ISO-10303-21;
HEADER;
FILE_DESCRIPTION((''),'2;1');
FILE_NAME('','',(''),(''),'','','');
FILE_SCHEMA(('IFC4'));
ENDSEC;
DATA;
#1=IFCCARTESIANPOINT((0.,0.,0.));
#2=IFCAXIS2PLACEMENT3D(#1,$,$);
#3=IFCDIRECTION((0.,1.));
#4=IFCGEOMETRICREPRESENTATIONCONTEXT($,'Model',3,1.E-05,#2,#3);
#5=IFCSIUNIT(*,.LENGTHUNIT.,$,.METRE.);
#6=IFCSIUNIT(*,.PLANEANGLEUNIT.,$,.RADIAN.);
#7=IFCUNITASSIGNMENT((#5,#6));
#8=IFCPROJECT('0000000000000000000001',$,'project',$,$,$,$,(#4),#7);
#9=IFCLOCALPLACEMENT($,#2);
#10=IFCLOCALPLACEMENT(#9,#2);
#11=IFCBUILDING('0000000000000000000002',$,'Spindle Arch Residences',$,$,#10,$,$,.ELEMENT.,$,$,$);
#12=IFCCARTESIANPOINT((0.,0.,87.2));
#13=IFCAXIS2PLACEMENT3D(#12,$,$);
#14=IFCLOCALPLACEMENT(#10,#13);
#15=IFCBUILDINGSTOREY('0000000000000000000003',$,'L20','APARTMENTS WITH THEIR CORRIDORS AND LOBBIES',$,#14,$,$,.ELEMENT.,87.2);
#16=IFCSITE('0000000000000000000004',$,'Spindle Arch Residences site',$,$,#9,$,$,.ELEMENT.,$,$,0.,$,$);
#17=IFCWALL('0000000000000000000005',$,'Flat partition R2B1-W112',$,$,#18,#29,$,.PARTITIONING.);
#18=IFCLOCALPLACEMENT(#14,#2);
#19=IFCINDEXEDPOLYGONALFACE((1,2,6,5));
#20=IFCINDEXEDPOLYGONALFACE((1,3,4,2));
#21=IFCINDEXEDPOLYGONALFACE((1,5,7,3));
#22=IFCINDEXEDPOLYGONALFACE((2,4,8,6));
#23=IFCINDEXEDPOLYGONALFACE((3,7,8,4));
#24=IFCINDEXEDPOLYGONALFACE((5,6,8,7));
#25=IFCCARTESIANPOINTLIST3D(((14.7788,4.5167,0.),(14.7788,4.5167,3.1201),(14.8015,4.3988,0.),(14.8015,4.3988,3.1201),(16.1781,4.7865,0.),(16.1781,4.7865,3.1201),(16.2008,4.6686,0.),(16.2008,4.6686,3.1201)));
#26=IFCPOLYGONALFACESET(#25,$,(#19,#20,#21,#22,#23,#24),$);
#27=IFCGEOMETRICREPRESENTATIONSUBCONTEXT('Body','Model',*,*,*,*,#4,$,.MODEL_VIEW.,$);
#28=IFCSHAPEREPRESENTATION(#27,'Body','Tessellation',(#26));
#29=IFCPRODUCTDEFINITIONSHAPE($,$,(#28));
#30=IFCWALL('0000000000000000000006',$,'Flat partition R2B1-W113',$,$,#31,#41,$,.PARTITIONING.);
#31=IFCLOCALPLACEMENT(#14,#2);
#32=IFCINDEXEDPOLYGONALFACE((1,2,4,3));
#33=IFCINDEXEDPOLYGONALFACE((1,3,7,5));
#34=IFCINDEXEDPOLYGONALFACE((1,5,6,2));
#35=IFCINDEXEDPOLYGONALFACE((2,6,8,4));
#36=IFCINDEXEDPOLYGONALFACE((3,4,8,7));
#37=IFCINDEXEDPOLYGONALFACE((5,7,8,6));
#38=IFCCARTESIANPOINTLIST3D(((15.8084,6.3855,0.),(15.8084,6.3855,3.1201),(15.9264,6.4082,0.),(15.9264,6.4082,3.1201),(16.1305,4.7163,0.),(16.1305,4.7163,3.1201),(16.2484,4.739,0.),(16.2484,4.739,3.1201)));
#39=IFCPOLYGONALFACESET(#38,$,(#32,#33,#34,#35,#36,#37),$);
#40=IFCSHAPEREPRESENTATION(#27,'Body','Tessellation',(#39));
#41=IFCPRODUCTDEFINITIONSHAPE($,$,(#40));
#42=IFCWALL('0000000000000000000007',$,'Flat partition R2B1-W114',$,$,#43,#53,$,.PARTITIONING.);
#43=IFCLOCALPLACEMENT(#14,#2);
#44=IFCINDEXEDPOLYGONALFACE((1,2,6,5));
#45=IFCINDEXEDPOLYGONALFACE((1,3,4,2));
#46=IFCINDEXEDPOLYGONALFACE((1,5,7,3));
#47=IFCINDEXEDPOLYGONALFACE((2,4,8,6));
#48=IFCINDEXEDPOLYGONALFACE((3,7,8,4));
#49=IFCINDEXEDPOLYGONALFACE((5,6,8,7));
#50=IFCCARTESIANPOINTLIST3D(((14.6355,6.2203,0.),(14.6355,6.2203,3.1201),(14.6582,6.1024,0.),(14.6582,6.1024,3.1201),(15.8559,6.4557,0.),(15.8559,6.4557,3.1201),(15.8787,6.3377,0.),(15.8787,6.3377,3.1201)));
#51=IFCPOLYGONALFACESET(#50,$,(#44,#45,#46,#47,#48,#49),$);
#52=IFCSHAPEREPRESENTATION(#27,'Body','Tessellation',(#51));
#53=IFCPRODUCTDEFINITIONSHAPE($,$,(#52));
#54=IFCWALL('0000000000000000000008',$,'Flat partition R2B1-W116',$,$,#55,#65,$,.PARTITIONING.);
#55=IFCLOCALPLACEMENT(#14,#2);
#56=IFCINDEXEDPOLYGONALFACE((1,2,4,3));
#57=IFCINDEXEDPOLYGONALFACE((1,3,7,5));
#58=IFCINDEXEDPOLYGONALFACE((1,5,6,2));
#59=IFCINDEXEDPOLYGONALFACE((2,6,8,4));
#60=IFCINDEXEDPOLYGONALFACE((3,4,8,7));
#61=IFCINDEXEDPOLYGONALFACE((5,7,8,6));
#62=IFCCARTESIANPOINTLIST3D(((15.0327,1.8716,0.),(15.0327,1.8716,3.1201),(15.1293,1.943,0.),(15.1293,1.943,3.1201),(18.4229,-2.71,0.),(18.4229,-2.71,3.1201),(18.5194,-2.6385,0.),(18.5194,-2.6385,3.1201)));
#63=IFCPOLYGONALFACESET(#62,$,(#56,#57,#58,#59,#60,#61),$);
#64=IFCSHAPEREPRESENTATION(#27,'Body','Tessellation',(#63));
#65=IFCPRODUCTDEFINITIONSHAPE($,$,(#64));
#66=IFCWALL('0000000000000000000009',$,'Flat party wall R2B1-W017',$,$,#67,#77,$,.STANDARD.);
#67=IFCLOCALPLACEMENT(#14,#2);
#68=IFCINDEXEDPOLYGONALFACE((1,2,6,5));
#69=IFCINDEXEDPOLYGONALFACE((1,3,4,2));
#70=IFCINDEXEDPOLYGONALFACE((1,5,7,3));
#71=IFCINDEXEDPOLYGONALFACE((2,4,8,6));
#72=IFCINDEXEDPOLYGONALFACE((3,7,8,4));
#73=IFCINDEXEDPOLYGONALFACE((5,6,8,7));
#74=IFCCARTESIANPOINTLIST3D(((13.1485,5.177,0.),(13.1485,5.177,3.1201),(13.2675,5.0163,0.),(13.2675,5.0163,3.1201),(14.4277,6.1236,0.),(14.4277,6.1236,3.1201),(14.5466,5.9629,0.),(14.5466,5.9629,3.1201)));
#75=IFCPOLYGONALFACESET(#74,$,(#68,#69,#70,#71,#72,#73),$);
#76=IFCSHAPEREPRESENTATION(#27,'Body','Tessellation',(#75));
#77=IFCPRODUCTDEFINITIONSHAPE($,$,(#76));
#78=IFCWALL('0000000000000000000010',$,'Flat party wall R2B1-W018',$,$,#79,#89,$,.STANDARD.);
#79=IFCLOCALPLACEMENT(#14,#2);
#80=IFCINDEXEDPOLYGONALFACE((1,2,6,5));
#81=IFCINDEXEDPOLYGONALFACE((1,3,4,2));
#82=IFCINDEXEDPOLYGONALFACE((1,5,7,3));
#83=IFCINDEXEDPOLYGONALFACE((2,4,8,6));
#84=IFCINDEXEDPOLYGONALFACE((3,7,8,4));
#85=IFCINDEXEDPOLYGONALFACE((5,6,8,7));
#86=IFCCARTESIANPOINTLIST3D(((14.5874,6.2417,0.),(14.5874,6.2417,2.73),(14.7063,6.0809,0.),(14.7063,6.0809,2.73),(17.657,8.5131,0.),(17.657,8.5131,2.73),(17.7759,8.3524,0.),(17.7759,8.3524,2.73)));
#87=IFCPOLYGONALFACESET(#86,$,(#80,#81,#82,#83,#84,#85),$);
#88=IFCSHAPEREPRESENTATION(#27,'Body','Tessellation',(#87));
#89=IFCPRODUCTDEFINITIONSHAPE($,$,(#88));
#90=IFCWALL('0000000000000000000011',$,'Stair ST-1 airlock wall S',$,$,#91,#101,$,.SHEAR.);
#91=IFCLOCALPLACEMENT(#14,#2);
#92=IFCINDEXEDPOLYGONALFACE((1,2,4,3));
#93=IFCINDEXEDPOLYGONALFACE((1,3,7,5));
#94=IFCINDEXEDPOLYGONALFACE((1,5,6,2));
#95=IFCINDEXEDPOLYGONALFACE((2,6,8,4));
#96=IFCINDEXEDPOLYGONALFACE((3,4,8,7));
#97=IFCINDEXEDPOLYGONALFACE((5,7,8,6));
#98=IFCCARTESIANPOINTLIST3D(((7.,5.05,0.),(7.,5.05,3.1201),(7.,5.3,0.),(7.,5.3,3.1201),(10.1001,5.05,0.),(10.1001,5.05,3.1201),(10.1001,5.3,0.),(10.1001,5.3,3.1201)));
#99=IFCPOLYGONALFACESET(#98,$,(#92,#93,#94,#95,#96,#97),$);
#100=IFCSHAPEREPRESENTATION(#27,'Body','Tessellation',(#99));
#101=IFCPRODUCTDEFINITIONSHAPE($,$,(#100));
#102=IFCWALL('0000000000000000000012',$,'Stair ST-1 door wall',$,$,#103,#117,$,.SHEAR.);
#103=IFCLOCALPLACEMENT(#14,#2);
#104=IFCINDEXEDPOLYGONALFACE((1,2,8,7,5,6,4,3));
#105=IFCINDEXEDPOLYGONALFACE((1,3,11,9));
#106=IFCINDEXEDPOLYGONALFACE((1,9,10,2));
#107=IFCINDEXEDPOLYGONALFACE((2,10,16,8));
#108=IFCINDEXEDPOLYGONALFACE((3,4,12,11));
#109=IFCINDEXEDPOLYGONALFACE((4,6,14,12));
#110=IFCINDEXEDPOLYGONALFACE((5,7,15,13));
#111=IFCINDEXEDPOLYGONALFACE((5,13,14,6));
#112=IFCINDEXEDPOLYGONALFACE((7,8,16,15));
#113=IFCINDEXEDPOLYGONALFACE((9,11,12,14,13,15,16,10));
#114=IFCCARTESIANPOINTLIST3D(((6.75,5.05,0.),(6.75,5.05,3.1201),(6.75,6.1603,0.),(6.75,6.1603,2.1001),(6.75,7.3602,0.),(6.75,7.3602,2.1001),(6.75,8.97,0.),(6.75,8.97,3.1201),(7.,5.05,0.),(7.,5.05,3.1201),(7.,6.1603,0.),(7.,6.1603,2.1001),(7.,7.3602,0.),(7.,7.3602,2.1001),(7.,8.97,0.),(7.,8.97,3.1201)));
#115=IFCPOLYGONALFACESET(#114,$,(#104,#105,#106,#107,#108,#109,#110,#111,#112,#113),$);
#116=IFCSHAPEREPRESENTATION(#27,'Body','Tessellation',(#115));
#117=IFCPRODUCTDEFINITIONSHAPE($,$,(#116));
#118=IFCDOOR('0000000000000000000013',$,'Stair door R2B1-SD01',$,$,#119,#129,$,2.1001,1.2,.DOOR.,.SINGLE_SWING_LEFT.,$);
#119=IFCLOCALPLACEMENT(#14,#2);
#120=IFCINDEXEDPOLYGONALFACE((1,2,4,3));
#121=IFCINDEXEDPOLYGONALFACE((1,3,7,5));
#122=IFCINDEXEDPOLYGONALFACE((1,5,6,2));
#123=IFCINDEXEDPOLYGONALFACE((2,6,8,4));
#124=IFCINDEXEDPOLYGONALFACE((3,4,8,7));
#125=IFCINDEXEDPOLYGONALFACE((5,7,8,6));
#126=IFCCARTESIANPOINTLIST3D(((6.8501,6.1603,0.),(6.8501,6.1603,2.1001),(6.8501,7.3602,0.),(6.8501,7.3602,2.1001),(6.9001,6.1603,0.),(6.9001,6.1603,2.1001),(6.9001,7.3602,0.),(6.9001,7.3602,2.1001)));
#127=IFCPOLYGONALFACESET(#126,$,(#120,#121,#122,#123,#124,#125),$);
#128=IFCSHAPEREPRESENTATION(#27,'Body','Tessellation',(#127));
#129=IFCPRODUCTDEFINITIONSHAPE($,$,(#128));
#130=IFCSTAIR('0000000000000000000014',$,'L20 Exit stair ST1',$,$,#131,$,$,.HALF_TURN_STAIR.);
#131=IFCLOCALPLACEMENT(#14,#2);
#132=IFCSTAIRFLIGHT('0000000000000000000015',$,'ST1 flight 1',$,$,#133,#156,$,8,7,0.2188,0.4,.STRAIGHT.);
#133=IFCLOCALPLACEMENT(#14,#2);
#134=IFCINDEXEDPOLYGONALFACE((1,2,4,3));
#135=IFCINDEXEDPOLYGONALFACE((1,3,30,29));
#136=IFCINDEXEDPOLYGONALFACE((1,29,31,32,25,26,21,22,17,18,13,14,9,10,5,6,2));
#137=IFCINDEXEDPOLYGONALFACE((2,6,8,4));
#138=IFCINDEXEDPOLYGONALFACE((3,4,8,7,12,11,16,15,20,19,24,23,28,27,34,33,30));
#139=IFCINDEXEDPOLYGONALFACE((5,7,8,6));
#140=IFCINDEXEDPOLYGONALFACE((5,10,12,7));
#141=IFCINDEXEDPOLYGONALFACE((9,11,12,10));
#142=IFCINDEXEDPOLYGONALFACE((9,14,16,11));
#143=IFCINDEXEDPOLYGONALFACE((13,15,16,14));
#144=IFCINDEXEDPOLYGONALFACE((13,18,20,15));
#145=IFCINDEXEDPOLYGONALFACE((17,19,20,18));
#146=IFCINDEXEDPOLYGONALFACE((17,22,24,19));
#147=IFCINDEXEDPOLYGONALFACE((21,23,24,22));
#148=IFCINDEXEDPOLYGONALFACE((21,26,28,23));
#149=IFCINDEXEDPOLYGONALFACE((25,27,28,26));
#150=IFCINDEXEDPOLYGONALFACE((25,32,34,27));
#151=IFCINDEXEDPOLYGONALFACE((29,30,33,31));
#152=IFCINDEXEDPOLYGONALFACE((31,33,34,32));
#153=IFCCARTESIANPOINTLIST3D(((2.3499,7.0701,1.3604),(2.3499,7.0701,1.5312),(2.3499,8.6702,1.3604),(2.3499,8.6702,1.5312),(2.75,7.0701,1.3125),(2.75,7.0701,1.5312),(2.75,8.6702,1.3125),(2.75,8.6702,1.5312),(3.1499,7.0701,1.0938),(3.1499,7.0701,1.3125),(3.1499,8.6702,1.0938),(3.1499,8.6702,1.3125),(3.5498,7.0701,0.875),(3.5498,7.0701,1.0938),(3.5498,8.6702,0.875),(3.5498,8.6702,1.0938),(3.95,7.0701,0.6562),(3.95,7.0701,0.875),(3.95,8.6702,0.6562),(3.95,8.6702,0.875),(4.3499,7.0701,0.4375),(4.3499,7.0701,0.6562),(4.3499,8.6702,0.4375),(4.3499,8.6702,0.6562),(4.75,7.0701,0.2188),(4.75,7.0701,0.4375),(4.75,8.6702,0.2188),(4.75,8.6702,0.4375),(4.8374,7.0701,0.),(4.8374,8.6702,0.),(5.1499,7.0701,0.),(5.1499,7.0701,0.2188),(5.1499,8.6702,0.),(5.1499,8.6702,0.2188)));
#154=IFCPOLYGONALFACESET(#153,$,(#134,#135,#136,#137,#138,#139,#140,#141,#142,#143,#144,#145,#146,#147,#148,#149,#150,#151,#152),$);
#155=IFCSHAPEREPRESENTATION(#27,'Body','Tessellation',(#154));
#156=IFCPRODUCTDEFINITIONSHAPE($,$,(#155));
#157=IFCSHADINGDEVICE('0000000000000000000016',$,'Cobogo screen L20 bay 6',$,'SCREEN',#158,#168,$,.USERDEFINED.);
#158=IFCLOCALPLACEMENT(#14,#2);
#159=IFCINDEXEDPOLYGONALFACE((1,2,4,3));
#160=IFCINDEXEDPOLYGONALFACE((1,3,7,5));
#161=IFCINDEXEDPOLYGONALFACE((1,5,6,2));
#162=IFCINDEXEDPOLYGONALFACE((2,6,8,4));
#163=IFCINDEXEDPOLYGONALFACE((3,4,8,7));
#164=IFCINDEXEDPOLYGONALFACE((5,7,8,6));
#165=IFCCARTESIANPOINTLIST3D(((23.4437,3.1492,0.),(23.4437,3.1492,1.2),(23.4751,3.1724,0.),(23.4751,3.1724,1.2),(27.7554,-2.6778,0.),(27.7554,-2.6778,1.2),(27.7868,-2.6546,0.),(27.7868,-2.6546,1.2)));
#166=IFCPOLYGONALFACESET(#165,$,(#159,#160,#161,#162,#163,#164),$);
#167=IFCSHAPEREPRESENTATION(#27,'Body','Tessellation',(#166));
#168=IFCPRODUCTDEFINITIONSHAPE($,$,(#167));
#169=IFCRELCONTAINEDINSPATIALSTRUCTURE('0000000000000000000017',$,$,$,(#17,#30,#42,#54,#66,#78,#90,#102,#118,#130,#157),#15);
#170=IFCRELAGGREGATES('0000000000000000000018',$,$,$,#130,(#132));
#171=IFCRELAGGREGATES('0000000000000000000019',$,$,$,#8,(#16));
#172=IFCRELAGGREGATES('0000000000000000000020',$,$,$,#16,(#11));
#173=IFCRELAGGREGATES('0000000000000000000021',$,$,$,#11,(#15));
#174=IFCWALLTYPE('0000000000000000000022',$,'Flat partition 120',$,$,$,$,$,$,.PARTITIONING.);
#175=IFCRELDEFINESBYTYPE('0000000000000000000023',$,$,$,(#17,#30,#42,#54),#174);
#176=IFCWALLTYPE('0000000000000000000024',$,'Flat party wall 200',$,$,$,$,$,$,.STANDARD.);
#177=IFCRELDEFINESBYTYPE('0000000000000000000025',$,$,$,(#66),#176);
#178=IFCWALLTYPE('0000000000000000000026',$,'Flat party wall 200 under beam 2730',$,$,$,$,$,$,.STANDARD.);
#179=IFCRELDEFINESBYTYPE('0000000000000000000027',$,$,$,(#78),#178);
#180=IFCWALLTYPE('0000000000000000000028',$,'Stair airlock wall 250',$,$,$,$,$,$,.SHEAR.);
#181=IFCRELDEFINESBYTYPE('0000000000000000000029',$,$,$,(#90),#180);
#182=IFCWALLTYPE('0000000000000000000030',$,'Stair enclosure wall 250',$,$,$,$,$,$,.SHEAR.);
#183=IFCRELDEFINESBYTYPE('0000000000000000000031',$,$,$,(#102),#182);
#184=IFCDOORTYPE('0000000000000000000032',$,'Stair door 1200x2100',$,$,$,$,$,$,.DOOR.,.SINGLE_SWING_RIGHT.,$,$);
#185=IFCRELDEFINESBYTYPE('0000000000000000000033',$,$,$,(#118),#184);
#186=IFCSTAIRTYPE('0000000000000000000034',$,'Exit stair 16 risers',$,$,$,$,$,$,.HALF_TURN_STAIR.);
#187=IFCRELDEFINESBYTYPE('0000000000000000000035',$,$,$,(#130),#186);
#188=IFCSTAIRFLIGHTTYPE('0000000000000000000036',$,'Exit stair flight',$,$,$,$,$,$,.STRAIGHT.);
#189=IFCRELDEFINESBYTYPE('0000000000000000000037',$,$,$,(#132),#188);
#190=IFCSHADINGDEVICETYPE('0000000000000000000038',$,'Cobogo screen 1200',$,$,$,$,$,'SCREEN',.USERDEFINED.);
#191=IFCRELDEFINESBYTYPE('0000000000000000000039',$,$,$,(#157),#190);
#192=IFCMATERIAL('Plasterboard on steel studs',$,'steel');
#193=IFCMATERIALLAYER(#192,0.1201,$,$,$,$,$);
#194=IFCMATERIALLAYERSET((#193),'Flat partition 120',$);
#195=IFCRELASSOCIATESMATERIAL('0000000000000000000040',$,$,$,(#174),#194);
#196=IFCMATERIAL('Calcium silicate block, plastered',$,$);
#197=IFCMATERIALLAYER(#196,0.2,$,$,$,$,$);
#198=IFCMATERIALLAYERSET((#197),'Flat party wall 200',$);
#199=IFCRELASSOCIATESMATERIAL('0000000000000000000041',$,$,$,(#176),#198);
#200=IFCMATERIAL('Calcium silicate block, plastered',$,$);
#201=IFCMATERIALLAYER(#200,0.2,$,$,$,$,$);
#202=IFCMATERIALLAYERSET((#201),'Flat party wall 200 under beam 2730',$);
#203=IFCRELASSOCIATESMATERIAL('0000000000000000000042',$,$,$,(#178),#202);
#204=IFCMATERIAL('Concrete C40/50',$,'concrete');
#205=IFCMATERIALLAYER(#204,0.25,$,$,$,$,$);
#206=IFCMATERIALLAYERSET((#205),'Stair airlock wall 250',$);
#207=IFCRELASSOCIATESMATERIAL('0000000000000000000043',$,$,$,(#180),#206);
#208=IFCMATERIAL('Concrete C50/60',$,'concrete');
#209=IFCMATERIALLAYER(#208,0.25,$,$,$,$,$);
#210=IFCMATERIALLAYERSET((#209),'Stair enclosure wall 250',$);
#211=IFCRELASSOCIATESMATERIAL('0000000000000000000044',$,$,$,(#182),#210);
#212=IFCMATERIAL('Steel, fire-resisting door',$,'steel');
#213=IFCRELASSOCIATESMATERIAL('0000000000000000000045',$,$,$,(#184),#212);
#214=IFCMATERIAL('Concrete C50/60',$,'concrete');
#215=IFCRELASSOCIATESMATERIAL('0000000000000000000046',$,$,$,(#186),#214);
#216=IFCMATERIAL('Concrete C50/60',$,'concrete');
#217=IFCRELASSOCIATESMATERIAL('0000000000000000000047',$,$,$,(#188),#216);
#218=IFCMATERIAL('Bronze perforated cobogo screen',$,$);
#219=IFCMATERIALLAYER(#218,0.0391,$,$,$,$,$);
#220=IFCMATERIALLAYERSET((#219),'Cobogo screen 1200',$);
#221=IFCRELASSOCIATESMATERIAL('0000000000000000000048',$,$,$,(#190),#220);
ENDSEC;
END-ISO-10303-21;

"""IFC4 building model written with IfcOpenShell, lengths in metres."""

from ifc_helpers import new_model, si_unit, direction, frame, frame_2d, origin, origin_2d, place, context, subcontext, project, spatial, polyline, rectangle, outline, extrude, material, layer, layer_set, type_object, element, fill, aggregate, save


model = new_model("IFC4")

# Units and contexts
model_context = context("Model", 3, precision=1e-05, world=origin(), true_north=direction((0.0, 1.0)))
body_context = subcontext(model_context, "Body", "Model", "MODEL_VIEW")
ifc_project = project(units=[si_unit("LENGTHUNIT", "METRE"), si_unit("PLANEANGLEUNIT", "RADIAN")], contexts=[model_context])

# Site, building, storey
site_placement = place(None, origin())
site = spatial("IfcSite", under=ifc_project, at=site_placement, Name="Spindle Arch Residences site", CompositionType="ELEMENT", RefElevation=0.0)
building_placement = place(site_placement, origin())
building = spatial("IfcBuilding", under=site, at=building_placement, Name="Spindle Arch Residences", CompositionType="ELEMENT")
storey_placement = place(building_placement, frame((0.0, 0.0, 87.2)))
storey = spatial("IfcBuildingStorey", under=building, at=storey_placement, Name="L20", Description="APARTMENTS WITH THEIR CORRIDORS AND LOBBIES", CompositionType="ELEMENT", Elevation=87.2)

# Shared definitions
ifc_material_1 = material(Name="Plasterboard on steel studs", Category="steel")
ifc_layer_1 = layer(ifc_material_1, 0.1201)
ifc_layer_set_1 = layer_set([ifc_layer_1], Name="Flat partition 120")
wall_type_1 = type_object("IfcWallType", Name="Flat partition 120", PredefinedType="PARTITIONING", material=ifc_layer_set_1)

# Walls
wall_1_placement = place(storey_placement, frame((14.7903, 4.4578, 0.0), z_axis=(0.0, 0.0, 1.0), x_axis=(0.981915, 0.189324, 0.0)))
element("IfcWall", 1, at=wall_1_placement, inside=storey, type_object=wall_type_1, Name="Flat partition R2B1-W112", PredefinedType="PARTITIONING", context=body_context, shape_type="SweptSolid", body=[
    extrude(rectangle(XDim=1.425, YDim=0.1201, at=frame_2d((0.7124, 0.0))), origin(), (0.0, 0.0, 1.0), 3.1201),
])
wall_2_placement = place(storey_placement, frame((16.1895, 4.7275, 0.0), z_axis=(0.0, 0.0, 1.0), x_axis=(-0.189428, 0.981895, 0.0)))
element("IfcWall", 2, at=wall_2_placement, inside=storey, type_object=wall_type_1, Name="Flat partition R2B1-W113", PredefinedType="PARTITIONING", context=body_context, shape_type="SweptSolid", body=[
    extrude(rectangle(XDim=1.7, YDim=0.1201, at=frame_2d((0.8501, 0.0))), origin(), (0.0, 0.0, 1.0), 3.1201),
])
wall_3_placement = place(storey_placement, frame((15.8674, 6.3967, 0.0), z_axis=(0.0, 0.0, 1.0), x_axis=(-0.98191, -0.18935, 0.0)))
element("IfcWall", 3, at=wall_3_placement, inside=storey, type_object=wall_type_1, Name="Flat partition R2B1-W114", PredefinedType="PARTITIONING", context=body_context, shape_type="SweptSolid", body=[
    extrude(rectangle(XDim=1.2429, YDim=0.1201, at=frame_2d((0.6216, 0.0))), origin(), (0.0, 0.0, 1.0), 3.1201),
])
wall_4_placement = place(storey_placement, frame((15.0811, 1.9072, 0.0), z_axis=(0.0, 0.0, 1.0), x_axis=(0.59482, -0.803859, 0.0)))
element("IfcWall", 4, at=wall_4_placement, inside=storey, type_object=wall_type_1, Name="Flat partition R2B1-W116", PredefinedType="PARTITIONING", context=body_context, shape_type="SweptSolid", body=[
    extrude(rectangle(XDim=5.6995, YDim=0.1201, at=frame_2d((2.8496, 0.0))), origin(), (0.0, 0.0, 1.0), 3.1201),
])
ifc_material_2 = material(Name="Calcium silicate block, plastered")
ifc_layer_2 = layer(ifc_material_2, 0.2)
ifc_layer_set_2 = layer_set([ifc_layer_2], Name="Flat party wall 200")
wall_type_2 = type_object("IfcWallType", Name="Flat party wall 200", PredefinedType="STANDARD", material=ifc_layer_set_2)
wall_5_placement = place(storey_placement, frame((13.208, 5.0967, 0.0), z_axis=(0.0, 0.0, 1.0), x_axis=(0.803832, 0.594857, 0.0)))
element("IfcWall", 5, at=wall_5_placement, inside=storey, type_object=wall_type_2, Name="Flat party wall R2B1-W017", PredefinedType="STANDARD", context=body_context, shape_type="SweptSolid", body=[
    extrude(rectangle(XDim=1.5913, YDim=0.2, at=frame_2d((0.7957, 0.0))), origin(), (0.0, 0.0, 1.0), 3.1201),
])
ifc_material_3 = material(Name="Calcium silicate block, plastered")
ifc_layer_3 = layer(ifc_material_3, 0.2)
ifc_layer_set_3 = layer_set([ifc_layer_3], Name="Flat party wall 200 under beam 2730")
wall_type_3 = type_object("IfcWallType", Name="Flat party wall 200 under beam 2730", PredefinedType="STANDARD", material=ifc_layer_set_3)
wall_6_placement = place(storey_placement, frame((14.647, 6.1614, 0.0), z_axis=(0.0, 0.0, 1.0), x_axis=(0.803843, 0.594842, 0.0)))
element("IfcWall", 6, at=wall_6_placement, inside=storey, type_object=wall_type_3, Name="Flat party wall R2B1-W018", PredefinedType="STANDARD", context=body_context, shape_type="SweptSolid", body=[
    extrude(rectangle(XDim=3.8186, YDim=0.2, at=frame_2d((1.9092, 0.0))), origin(), (0.0, 0.0, 1.0), 2.73),
])
ifc_material_4 = material(Name="Concrete C40/50", Category="concrete")
ifc_layer_4 = layer(ifc_material_4, 0.25)
ifc_layer_set_4 = layer_set([ifc_layer_4], Name="Stair airlock wall 250")
wall_type_4 = type_object("IfcWallType", Name="Stair airlock wall 250", PredefinedType="SHEAR", material=ifc_layer_set_4)
wall_7_placement = place(storey_placement, frame((7.0, 5.175, 0.0), z_axis=(0.0, 0.0, 1.0), x_axis=(1.0, 0.0, 0.0)))
element("IfcWall", 7, at=wall_7_placement, inside=storey, type_object=wall_type_4, Name="Stair ST-1 airlock wall S", PredefinedType="SHEAR", context=body_context, shape_type="SweptSolid", body=[
    extrude(rectangle(XDim=3.1001, YDim=0.25, at=frame_2d((1.55, 0.0))), origin(), (0.0, 0.0, 1.0), 3.1201),
])

# Wall, opening, door
ifc_material_5 = material(Name="Concrete C50/60", Category="concrete")
ifc_layer_5 = layer(ifc_material_5, 0.25)
ifc_layer_set_5 = layer_set([ifc_layer_5], Name="Stair enclosure wall 250")
wall_type_5 = type_object("IfcWallType", Name="Stair enclosure wall 250", PredefinedType="SHEAR", material=ifc_layer_set_5)
wall_8_placement = place(storey_placement, frame((6.875, 5.05, 0.0), z_axis=(0.0, 0.0, 1.0), x_axis=(0.0, 1.0, 0.0)))
wall_8 = element("IfcWall", 8, at=wall_8_placement, inside=storey, type_object=wall_type_5, Name="Stair ST-1 door wall", PredefinedType="SHEAR", context=body_context, shape_type="SweptSolid", body=[
    extrude(rectangle(XDim=3.9199, YDim=0.25, at=frame_2d((1.96, 0.0))), origin(), (0.0, 0.0, 1.0), 3.1201),
])
opening_1_placement = place(wall_8_placement, frame((1.1101, 0.0, 0.0)))
opening_1 = element("IfcOpeningElement", 9, at=opening_1_placement, cuts=wall_8, PredefinedType="OPENING", context=body_context, shape_type="SweptSolid", body=[
    extrude(rectangle(XDim=1.2, YDim=2.1001, at=frame_2d((0.6001, 1.05))), frame((0.0, 0.135, 0.0), z_axis=(0.0, -1.0, 0.0), x_axis=(1.0, 0.0, 0.0)), (0.0, 0.0, 1.0), 0.27),
])
ifc_material_6 = material(Name="Steel, fire-resisting door", Category="steel")
door_type_1 = type_object("IfcDoorType", Name="Stair door 1200x2100", OperationType="SINGLE_SWING_RIGHT", PredefinedType="DOOR", material=ifc_material_6)
door_1_placement = place(opening_1_placement, origin())
door_1 = element("IfcDoor", 10, at=door_1_placement, inside=storey, type_object=door_type_1, Name="Stair door R2B1-SD01", OperationType="SINGLE_SWING_LEFT", OverallHeight=2.1001, OverallWidth=1.2, PredefinedType="DOOR", context=body_context, shape_type="SweptSolid", body=[
    extrude(rectangle(XDim=1.2, YDim=2.1001, at=frame_2d((0.6001, 1.05))), frame((0.0, 0.0249, 0.0), z_axis=(0.0, -1.0, 0.0), x_axis=(1.0, 0.0, 0.0)), (0.0, 0.0, 1.0), 0.05),
])
fill(opening_1, door_1)

# Stair, stair flight
ifc_material_7 = material(Name="Concrete C50/60", Category="concrete")
stair_type = type_object("IfcStairType", Name="Exit stair 16 risers", PredefinedType="HALF_TURN_STAIR", material=ifc_material_7)
stair_placement = place(storey_placement, origin())
stair = element("IfcStair", 11, at=stair_placement, inside=storey, type_object=stair_type, Name="L20 Exit stair ST1", PredefinedType="HALF_TURN_STAIR")
ifc_material_8 = material(Name="Concrete C50/60", Category="concrete")
stair_flight_type = type_object("IfcStairFlightType", Name="Exit stair flight", PredefinedType="STRAIGHT", material=ifc_material_8)
stair_flight_placement = place(storey_placement, frame((5.1499, 7.8701, 0.0), z_axis=(0.0, 0.0, 1.0), x_axis=(-1.0, 0.0, 0.0)))
stair_flight = element("IfcStairFlight", 12, at=stair_flight_placement, type_object=stair_flight_type, Name="ST1 flight 1", NumberOfRisers=8, NumberOfTreads=7, PredefinedType="STRAIGHT", RiserHeight=0.2188, TreadLength=0.4, context=body_context, shape_type="SweptSolid", body=[
    extrude(outline(polyline([(0.0, 0.0), (0.0, 0.2188), (0.3999, 0.2188), (0.3999, 0.4375), (0.8, 0.4375), (0.8, 0.6562), (1.2, 0.6562), (1.2, 0.875), (1.6001, 0.875), (1.6001, 1.0938), (2.0, 1.0938), (2.0, 1.3125), (2.3999, 1.3125), (2.3999, 1.5312), (2.8, 1.5312), (2.8, 1.75), (2.8, 1.3604), (0.3125, 0.0), (0.0, 0.0)])), frame((0.0, 0.8, 0.0), z_axis=(0.0, -1.0, 0.0), x_axis=(1.0, 0.0, 0.0)), (0.0, 0.0, 1.0), 1.6001),
])
aggregate(stair, [stair_flight])

# Shading device
ifc_material_9 = material(Name="Bronze perforated cobogo screen")
ifc_layer_6 = layer(ifc_material_9, 0.0391)
ifc_layer_set_6 = layer_set([ifc_layer_6], Name="Cobogo screen 1200")
shading_device_type = type_object("IfcShadingDeviceType", Name="Cobogo screen 1200", ElementType="SCREEN", PredefinedType="USERDEFINED", material=ifc_layer_set_6)
shading_device_placement = place(storey_placement, frame((25.6152, 0.2473, 0.0), z_axis=(0.0, 0.0, 1.0), x_axis=(-0.594823, 0.803857, 0.0)))
element("IfcShadingDevice", 13, at=shading_device_placement, inside=storey, type_object=shading_device_type, Name="Cobogo screen L20 bay 6", ObjectType="SCREEN", PredefinedType="USERDEFINED", context=body_context, shape_type="SweptSolid", body=[
    extrude(rectangle(XDim=7.2488, YDim=0.0391, at=origin_2d()), origin(), (0.0, 0.0, 1.0), 1.2),
])

save(model, "model.ifc")
